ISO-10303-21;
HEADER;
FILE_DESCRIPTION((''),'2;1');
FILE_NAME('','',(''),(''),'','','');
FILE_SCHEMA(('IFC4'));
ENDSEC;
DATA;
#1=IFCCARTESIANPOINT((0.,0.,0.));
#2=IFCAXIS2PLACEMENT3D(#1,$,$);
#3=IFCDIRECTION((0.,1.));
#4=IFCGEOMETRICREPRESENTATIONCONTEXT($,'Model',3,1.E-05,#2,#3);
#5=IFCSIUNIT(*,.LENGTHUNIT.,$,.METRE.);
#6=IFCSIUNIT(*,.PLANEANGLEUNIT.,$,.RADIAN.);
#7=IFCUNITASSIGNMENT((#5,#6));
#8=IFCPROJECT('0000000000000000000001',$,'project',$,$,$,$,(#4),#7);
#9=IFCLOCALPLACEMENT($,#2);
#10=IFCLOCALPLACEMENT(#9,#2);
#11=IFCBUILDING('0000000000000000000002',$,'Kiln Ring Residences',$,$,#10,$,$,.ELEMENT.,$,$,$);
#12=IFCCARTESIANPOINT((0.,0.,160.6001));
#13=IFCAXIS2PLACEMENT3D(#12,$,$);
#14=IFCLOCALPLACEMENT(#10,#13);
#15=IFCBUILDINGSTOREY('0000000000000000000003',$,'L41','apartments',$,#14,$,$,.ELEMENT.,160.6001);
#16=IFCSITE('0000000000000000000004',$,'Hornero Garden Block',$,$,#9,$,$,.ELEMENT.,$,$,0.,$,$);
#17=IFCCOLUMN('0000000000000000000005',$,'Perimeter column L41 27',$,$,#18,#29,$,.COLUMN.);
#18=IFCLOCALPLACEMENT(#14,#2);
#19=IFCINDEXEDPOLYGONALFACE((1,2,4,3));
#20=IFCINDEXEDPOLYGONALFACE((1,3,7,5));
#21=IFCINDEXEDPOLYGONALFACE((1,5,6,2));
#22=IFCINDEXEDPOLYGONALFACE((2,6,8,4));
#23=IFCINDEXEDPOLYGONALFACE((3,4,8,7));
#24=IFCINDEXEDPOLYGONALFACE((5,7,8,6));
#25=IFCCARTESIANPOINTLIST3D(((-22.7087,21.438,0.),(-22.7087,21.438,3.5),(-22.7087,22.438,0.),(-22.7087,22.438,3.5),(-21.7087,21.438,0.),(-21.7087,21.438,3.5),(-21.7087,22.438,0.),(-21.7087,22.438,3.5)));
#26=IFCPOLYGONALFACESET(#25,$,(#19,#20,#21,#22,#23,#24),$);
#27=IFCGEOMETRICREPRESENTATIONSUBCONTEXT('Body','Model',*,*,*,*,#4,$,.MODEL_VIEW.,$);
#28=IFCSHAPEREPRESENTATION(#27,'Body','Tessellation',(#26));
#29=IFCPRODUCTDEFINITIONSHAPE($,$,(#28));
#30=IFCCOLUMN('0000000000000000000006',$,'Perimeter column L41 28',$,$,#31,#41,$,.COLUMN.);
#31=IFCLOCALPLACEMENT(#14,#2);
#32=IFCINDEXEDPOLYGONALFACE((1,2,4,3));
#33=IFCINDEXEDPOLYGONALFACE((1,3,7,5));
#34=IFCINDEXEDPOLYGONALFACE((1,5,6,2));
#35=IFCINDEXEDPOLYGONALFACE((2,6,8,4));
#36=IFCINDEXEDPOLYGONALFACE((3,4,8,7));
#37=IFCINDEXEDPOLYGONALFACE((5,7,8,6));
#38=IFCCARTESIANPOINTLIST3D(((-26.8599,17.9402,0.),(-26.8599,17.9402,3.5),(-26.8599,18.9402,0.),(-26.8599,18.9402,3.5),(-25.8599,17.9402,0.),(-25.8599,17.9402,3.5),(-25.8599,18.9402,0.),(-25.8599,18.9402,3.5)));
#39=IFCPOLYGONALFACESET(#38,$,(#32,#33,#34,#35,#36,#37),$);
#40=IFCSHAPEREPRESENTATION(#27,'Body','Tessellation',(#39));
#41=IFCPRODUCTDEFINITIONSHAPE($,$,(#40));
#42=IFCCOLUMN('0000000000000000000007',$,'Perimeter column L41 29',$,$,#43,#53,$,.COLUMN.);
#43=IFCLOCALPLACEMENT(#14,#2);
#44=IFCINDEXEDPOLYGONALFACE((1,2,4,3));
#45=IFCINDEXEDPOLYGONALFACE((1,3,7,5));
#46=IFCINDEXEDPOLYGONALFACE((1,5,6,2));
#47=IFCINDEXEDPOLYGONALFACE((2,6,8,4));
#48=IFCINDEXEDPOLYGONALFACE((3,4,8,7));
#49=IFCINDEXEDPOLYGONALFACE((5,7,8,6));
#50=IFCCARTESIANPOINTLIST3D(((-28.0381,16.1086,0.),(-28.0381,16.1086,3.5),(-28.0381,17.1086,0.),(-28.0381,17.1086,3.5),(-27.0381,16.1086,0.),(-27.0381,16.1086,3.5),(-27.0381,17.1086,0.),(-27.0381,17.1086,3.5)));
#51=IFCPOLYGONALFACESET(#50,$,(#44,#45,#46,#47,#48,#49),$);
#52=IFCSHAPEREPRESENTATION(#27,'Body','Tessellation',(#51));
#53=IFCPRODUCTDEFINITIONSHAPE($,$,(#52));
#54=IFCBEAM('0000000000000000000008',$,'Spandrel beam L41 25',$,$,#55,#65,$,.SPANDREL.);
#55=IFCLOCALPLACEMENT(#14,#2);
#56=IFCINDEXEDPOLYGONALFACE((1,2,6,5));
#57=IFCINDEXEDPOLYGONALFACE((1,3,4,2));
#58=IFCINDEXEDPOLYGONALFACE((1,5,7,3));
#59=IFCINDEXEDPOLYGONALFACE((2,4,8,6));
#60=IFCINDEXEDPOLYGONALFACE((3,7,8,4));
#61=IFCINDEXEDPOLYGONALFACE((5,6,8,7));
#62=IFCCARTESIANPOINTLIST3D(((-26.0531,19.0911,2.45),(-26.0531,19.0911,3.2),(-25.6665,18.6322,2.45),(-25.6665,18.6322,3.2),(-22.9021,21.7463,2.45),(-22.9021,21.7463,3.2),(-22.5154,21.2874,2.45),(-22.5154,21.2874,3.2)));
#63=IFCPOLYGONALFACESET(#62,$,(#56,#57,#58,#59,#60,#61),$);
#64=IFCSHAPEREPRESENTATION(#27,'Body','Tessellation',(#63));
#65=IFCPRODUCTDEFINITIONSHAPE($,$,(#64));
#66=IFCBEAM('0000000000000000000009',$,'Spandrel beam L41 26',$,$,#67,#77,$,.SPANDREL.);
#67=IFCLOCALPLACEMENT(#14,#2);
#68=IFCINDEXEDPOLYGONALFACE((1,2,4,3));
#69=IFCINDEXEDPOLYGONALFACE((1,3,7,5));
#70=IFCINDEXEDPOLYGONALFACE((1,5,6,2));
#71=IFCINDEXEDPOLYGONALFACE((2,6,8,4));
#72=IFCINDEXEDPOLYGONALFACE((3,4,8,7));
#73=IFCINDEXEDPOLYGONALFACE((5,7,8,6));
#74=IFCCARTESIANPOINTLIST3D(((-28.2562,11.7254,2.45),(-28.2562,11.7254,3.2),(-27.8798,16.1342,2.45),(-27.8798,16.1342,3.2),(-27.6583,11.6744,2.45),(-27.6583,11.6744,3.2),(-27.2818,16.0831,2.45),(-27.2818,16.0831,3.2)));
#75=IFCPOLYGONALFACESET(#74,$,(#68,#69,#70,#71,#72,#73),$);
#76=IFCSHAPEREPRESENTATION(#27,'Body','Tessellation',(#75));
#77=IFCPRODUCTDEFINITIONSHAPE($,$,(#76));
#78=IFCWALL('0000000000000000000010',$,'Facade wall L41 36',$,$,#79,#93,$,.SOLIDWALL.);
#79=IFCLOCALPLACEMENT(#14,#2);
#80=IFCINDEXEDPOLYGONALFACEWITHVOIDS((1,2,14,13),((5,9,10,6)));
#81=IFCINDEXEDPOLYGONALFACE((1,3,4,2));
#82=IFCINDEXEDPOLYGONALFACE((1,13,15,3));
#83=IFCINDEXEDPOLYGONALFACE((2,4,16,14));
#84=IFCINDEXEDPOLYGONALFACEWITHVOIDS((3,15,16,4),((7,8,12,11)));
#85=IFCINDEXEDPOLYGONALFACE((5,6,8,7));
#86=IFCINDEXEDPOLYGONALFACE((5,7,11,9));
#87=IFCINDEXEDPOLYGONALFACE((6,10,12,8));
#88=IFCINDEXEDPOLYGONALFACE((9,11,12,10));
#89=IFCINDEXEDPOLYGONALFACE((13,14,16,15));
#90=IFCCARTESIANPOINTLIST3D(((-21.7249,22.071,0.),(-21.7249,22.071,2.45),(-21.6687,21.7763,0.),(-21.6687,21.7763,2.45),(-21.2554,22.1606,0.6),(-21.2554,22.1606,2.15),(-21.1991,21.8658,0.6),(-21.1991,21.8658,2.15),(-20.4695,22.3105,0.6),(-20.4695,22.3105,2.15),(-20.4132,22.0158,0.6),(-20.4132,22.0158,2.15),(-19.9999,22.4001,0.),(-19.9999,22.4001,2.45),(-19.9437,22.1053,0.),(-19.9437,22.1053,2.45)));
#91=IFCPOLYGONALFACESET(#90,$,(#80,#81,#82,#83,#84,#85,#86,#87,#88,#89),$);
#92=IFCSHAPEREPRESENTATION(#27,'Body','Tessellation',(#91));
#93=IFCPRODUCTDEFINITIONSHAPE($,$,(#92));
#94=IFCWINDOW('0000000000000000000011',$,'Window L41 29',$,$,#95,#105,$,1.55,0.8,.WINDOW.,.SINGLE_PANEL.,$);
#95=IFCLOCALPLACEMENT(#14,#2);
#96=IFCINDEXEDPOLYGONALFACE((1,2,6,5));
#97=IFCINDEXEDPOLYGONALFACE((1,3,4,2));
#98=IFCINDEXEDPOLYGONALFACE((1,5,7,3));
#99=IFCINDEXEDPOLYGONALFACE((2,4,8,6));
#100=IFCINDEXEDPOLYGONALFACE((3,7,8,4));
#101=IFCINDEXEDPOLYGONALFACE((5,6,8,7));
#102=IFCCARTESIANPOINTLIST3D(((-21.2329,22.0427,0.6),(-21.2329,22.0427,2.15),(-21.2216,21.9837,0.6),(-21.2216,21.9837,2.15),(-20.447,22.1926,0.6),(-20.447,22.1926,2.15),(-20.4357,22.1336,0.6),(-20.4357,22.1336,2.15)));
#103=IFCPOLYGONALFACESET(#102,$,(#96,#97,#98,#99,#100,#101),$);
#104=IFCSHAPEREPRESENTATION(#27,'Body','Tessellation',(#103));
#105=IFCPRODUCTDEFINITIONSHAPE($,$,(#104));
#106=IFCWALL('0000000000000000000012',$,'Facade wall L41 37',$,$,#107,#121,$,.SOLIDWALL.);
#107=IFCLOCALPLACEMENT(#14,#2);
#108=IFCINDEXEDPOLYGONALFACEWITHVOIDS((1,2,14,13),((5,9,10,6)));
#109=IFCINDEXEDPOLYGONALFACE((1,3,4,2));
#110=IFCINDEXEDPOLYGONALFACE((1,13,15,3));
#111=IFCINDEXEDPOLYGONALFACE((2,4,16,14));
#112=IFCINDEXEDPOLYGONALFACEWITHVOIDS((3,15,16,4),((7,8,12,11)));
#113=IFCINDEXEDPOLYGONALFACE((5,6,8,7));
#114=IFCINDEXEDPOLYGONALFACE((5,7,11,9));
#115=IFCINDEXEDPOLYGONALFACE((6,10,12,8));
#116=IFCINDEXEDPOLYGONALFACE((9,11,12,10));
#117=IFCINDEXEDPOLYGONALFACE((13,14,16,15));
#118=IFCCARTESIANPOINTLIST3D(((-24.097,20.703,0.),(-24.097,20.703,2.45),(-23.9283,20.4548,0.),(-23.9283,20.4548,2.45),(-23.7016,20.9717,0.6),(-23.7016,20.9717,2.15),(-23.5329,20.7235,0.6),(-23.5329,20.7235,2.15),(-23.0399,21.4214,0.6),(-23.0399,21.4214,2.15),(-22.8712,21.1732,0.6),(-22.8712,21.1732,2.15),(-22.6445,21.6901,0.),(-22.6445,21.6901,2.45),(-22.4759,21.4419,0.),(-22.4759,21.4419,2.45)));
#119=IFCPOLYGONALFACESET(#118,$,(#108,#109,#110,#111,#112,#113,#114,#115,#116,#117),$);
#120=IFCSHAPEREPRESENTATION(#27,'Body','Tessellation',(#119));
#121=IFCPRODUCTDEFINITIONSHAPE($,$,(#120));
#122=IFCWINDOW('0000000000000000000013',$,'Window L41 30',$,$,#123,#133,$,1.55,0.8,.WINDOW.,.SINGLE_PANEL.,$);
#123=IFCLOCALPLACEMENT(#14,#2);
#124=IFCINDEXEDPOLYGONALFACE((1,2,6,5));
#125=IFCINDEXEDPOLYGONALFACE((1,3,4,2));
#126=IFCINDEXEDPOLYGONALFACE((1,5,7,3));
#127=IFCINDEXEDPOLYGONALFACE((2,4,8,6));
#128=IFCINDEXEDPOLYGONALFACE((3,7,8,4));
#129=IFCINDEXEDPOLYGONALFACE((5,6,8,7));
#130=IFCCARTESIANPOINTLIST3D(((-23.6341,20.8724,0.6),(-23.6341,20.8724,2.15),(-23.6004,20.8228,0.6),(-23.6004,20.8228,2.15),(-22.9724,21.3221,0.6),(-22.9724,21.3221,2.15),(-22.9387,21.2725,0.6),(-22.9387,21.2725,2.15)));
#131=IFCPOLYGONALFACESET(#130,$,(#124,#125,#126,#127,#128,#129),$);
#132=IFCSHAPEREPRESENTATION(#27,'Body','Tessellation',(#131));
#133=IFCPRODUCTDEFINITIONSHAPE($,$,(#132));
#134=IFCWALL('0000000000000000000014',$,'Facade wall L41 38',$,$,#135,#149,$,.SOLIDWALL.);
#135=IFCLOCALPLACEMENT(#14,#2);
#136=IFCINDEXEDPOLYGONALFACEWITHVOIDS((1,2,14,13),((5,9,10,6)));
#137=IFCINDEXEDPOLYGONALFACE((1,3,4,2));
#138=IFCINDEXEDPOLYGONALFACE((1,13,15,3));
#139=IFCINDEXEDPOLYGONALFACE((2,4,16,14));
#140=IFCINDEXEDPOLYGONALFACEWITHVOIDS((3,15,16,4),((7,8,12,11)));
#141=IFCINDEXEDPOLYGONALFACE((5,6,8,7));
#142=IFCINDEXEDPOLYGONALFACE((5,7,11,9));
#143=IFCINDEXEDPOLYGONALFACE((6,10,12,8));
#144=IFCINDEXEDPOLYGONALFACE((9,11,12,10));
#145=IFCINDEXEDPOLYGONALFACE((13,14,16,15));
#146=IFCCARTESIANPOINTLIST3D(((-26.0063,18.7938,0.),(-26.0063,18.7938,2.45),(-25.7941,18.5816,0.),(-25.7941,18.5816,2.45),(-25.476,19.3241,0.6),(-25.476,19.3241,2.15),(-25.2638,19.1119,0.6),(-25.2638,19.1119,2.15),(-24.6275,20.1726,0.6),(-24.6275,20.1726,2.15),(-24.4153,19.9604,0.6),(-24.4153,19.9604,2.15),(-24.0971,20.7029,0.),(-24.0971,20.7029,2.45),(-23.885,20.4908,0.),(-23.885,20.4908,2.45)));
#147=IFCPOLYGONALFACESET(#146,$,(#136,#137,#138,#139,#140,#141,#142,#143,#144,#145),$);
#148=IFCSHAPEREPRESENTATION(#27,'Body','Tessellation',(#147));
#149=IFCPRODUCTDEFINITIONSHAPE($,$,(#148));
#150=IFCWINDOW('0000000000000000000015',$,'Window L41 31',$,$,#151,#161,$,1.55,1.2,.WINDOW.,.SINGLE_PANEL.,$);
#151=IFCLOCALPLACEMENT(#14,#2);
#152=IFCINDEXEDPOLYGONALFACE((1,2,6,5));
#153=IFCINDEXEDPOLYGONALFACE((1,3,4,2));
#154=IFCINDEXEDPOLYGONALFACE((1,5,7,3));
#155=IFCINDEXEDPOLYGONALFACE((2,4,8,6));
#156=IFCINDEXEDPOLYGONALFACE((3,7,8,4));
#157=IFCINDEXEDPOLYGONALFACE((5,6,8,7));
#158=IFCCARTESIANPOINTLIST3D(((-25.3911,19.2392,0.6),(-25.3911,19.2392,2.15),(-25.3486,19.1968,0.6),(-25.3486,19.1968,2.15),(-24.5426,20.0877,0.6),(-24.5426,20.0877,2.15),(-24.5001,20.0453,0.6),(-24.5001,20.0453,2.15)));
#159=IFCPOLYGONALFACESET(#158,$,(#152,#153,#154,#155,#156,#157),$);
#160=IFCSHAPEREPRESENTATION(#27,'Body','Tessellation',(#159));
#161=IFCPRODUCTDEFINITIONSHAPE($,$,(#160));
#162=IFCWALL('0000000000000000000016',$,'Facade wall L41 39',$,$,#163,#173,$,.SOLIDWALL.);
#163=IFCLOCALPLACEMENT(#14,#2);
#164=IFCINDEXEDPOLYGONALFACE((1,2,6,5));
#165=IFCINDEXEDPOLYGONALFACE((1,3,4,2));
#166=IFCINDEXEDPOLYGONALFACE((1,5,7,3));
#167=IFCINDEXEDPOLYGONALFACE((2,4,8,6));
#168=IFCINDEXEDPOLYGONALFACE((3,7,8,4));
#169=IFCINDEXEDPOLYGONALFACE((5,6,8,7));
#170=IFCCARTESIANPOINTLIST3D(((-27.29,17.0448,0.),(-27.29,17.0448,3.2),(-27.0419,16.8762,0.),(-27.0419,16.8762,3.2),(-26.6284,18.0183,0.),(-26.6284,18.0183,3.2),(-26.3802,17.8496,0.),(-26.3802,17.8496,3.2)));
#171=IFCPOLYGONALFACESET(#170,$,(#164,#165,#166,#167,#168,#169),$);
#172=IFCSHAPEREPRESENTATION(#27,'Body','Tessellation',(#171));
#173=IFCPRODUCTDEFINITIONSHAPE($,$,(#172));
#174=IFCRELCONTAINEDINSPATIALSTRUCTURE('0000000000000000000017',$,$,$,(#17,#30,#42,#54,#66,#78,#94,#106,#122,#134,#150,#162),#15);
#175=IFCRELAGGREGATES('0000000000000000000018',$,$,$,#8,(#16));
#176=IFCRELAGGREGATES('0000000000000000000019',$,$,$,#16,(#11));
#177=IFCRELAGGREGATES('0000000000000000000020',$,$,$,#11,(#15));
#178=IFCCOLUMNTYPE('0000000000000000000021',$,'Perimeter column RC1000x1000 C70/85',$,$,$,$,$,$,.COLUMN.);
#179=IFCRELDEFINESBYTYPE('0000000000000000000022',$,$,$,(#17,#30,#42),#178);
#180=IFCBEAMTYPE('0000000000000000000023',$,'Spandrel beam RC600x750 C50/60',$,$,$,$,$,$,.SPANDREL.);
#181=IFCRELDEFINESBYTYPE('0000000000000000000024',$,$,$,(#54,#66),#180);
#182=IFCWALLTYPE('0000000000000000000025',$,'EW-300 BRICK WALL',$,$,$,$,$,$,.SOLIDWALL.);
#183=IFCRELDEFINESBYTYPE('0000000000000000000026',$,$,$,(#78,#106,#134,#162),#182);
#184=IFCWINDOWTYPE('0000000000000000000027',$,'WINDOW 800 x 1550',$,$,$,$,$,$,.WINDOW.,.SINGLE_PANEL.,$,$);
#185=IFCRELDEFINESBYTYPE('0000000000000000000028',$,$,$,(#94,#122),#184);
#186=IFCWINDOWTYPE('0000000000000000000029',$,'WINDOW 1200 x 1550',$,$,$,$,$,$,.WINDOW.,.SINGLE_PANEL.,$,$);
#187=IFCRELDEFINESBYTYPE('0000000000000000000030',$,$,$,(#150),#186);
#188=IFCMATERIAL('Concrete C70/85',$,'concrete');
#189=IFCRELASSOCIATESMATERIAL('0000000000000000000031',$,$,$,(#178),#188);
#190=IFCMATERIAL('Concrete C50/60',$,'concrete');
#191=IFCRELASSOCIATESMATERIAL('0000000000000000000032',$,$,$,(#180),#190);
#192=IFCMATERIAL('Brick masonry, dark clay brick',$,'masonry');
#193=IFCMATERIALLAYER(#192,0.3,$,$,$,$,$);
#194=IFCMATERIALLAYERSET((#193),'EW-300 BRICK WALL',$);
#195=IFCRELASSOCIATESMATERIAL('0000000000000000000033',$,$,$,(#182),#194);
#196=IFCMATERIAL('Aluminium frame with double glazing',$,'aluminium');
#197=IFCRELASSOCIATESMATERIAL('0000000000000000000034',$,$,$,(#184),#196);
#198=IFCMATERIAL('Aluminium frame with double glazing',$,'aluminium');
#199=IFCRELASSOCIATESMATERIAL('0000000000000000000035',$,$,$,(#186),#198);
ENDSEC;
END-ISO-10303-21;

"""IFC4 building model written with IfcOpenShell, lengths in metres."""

from ifc_helpers import new_model, si_unit, direction, frame, frame_2d, origin, origin_2d, place, context, subcontext, project, spatial, rectangle, extrude, material, layer, layer_set, material_profile, profile_set, type_object, element, fill, save


model = new_model("IFC4")

# Units and contexts
model_context = context("Model", 3, precision=1e-05, world=origin(), true_north=direction((0.0, 1.0)))
body_context = subcontext(model_context, "Body", "Model", "MODEL_VIEW")
ifc_project = project(units=[si_unit("LENGTHUNIT", "METRE"), si_unit("PLANEANGLEUNIT", "RADIAN")], contexts=[model_context])

# Site, building, storey
site_placement = place(None, origin())
site = spatial("IfcSite", under=ifc_project, at=site_placement, Name="Hornero Garden Block", CompositionType="ELEMENT", RefElevation=0.0)
building_placement = place(site_placement, origin())
building = spatial("IfcBuilding", under=site, at=building_placement, Name="Kiln Ring Residences", CompositionType="ELEMENT")
storey_placement = place(building_placement, frame((0.0, 0.0, 160.6001)))
storey = spatial("IfcBuildingStorey", under=building, at=storey_placement, Name="L41", Description="apartments", CompositionType="ELEMENT", Elevation=160.6001)

# Columns
ifc_material_1 = material(Name="Concrete C70/85", Category="concrete")
ifc_material_profile_1 = material_profile(ifc_material_1, rectangle(XDim=1.0, YDim=1.0, at=origin_2d()), Name="RC1000x1000")
ifc_profile_set_1 = profile_set([ifc_material_profile_1], Name="Concrete C70/85")
column_type = type_object("IfcColumnType", Name="Perimeter column RC1000x1000 C70/85", PredefinedType="COLUMN", material=ifc_profile_set_1)
for number, where, z_axis, x_axis, name in (
    (1, (-22.2087, 21.938, 0.0), (0.0, 0.0, 1.0), (1.0, 0.0, 0.0), "Perimeter column L41 27"),
    (2, (-26.3599, 18.4402, 0.0), (0.0, 0.0, 1.0), (1.0, 0.0, 0.0), "Perimeter column L41 28"),
    (3, (-27.5381, 16.6086, 0.0), (0.0, 0.0, 1.0), (1.0, 0.0, 0.0), "Perimeter column L41 29"),
):
    element("IfcColumn", number, at=place(storey_placement, frame(where, z_axis=z_axis, x_axis=x_axis)), inside=storey, type_object=column_type, Name=name, PredefinedType="COLUMN", context=body_context, shape_type="SweptSolid", body=[
        extrude(rectangle(XDim=1.0, YDim=1.0, at=origin_2d()), origin(), (0.0, 0.0, 1.0), 3.5),
    ])

# Beams
ifc_material_2 = material(Name="Concrete C50/60", Category="concrete")
ifc_material_profile_2 = material_profile(ifc_material_2, rectangle(XDim=0.6001, YDim=0.75, at=origin_2d()), Name="RC600x750")
ifc_profile_set_2 = profile_set([ifc_material_profile_2], Name="Concrete C50/60")
beam_type = type_object("IfcBeamType", Name="Spandrel beam RC600x750 C50/60", PredefinedType="SPANDREL", material=ifc_profile_set_2)
beam_1_placement = place(storey_placement, frame((-22.7087, 21.5168, 2.825), z_axis=(-0.764708, -0.644377, 0.0), x_axis=(0.644377, -0.764708, 0.0)))
element("IfcBeam", 4, at=beam_1_placement, inside=storey, type_object=beam_type, Name="Spandrel beam L41 25", PredefinedType="SPANDREL", context=body_context, shape_type="SweptSolid", body=[
    extrude(rectangle(XDim=0.6001, YDim=0.75, at=origin_2d()), origin(), (0.0, 0.0, 1.0), 4.1206),
])
beam_2_placement = place(storey_placement, frame((-27.5808, 16.1086, 2.825), z_axis=(-0.085082, -0.996374, 0.0), x_axis=(0.996374, -0.085082, 0.0)))
element("IfcBeam", 5, at=beam_2_placement, inside=storey, type_object=beam_type, Name="Spandrel beam L41 26", PredefinedType="SPANDREL", context=body_context, shape_type="SweptSolid", body=[
    extrude(rectangle(XDim=0.6001, YDim=0.75, at=origin_2d()), origin(), (0.0, 0.0, 1.0), 4.4248),
])

# Walls, openings, windows
ifc_material_3 = material(Name="Brick masonry, dark clay brick", Category="masonry")
ifc_layer_1 = layer(ifc_material_3, 0.3)
ifc_layer_set_1 = layer_set([ifc_layer_1], Name="EW-300 BRICK WALL")
wall_type_1 = type_object("IfcWallType", Name="EW-300 BRICK WALL", PredefinedType="SOLIDWALL", material=ifc_layer_set_1)
wall_1_placement = place(storey_placement, frame((-19.9719, 22.2527, 0.0), z_axis=(0.0, 0.0, 1.0), x_axis=(-0.982285, -0.187393, 0.0)))
wall_1 = element("IfcWall", 6, at=wall_1_placement, inside=storey, type_object=wall_type_1, Name="Facade wall L41 36", PredefinedType="SOLIDWALL", context=body_context, shape_type="SweptSolid", body=[
    extrude(rectangle(XDim=1.7561, YDim=0.3, at=frame_2d((0.8779, 0.0))), origin(), (0.0, 0.0, 1.0), 2.45),
])
opening_1_placement = place(wall_1_placement, frame((0.478, 0.0, 0.6001)))
opening_1 = element("IfcOpeningElement", 7, at=opening_1_placement, cuts=wall_1, PredefinedType="OPENING", context=body_context, shape_type="SweptSolid", body=[
    extrude(rectangle(XDim=0.8, YDim=1.55, at=frame_2d((0.3999, 0.7749))), frame((0.0, 0.1599, 0.0), z_axis=(0.0, -1.0, 0.0), x_axis=(1.0, 0.0, 0.0)), (0.0, 0.0, 1.0), 0.3201),
])
ifc_material_4 = material(Name="Aluminium frame with double glazing", Category="aluminium")
window_type_1 = type_object("IfcWindowType", Name="WINDOW 800 x 1550", PartitioningType="SINGLE_PANEL", PredefinedType="WINDOW", material=ifc_material_4)
window_1_placement = place(opening_1_placement, origin())
window_1 = element("IfcWindow", 8, at=window_1_placement, inside=storey, type_object=window_type_1, Name="Window L41 29", OverallHeight=1.55, OverallWidth=0.8, PartitioningType="SINGLE_PANEL", PredefinedType="WINDOW", context=body_context, shape_type="SweptSolid", body=[
    extrude(rectangle(XDim=0.8, YDim=1.55, at=frame_2d((0.3999, 0.7749))), frame((0.0, 0.03, 0.0), z_axis=(0.0, -1.0, 0.0), x_axis=(1.0, 0.0, 0.0)), (0.0, 0.0, 1.0), 0.0601),
])
fill(opening_1, window_1)
wall_2_placement = place(storey_placement, frame((-22.5603, 21.5659, 0.0), z_axis=(0.0, 0.0, 1.0), x_axis=(-0.827076, -0.562089, 0.0)))
wall_2 = element("IfcWall", 9, at=wall_2_placement, inside=storey, type_object=wall_type_1, Name="Facade wall L41 37", PredefinedType="SOLIDWALL", context=body_context, shape_type="SweptSolid", body=[
    extrude(rectangle(XDim=1.7561, YDim=0.3, at=frame_2d((0.8779, 0.0))), origin(), (0.0, 0.0, 1.0), 2.45),
])
opening_2_placement = place(wall_2_placement, frame((0.478, 0.0, 0.6001)))
opening_2 = element("IfcOpeningElement", 10, at=opening_2_placement, cuts=wall_2, PredefinedType="OPENING", context=body_context, shape_type="SweptSolid", body=[
    extrude(rectangle(XDim=0.8, YDim=1.55, at=frame_2d((0.3999, 0.7749))), frame((0.0, 0.1599, 0.0), z_axis=(0.0, -1.0, 0.0), x_axis=(1.0, 0.0, 0.0)), (0.0, 0.0, 1.0), 0.3201),
])
window_2_placement = place(opening_2_placement, origin())
window_2 = element("IfcWindow", 11, at=window_2_placement, inside=storey, type_object=window_type_1, Name="Window L41 30", OverallHeight=1.55, OverallWidth=0.8, PartitioningType="SINGLE_PANEL", PredefinedType="WINDOW", context=body_context, shape_type="SweptSolid", body=[
    extrude(rectangle(XDim=0.8, YDim=1.55, at=frame_2d((0.3999, 0.7749))), frame((0.0, 0.03, 0.0), z_axis=(0.0, -1.0, 0.0), x_axis=(1.0, 0.0, 0.0)), (0.0, 0.0, 1.0), 0.0601),
])
fill(opening_2, window_2)
wall_3_placement = place(storey_placement, frame((-23.991, 20.5969, 0.0), z_axis=(0.0, 0.0, 1.0), x_axis=(-0.707107, -0.707107, 0.0)))
wall_3 = element("IfcWall", 12, at=wall_3_placement, inside=storey, type_object=wall_type_1, Name="Facade wall L41 38", PredefinedType="SOLIDWALL", context=body_context, shape_type="SweptSolid", body=[
    extrude(rectangle(XDim=2.7, YDim=0.3, at=frame_2d((1.3501, 0.0))), origin(), (0.0, 0.0, 1.0), 2.45),
])
opening_3_placement = place(wall_3_placement, frame((0.75, 0.0, 0.6001)))
opening_3 = element("IfcOpeningElement", 13, at=opening_3_placement, cuts=wall_3, PredefinedType="OPENING", context=body_context, shape_type="SweptSolid", body=[
    extrude(rectangle(XDim=1.2, YDim=1.55, at=frame_2d((0.6001, 0.7749))), frame((0.0, 0.1599, 0.0), z_axis=(0.0, -1.0, 0.0), x_axis=(1.0, 0.0, 0.0)), (0.0, 0.0, 1.0), 0.3201),
])
ifc_material_5 = material(Name="Aluminium frame with double glazing", Category="aluminium")
window_type_2 = type_object("IfcWindowType", Name="WINDOW 1200 x 1550", PartitioningType="SINGLE_PANEL", PredefinedType="WINDOW", material=ifc_material_5)
window_3_placement = place(opening_3_placement, origin())
window_3 = element("IfcWindow", 14, at=window_3_placement, inside=storey, type_object=window_type_2, Name="Window L41 31", OverallHeight=1.55, OverallWidth=1.2, PartitioningType="SINGLE_PANEL", PredefinedType="WINDOW", context=body_context, shape_type="SweptSolid", body=[
    extrude(rectangle(XDim=1.2, YDim=1.55, at=frame_2d((0.6001, 0.7749))), frame((0.0, 0.03, 0.0), z_axis=(0.0, -1.0, 0.0), x_axis=(1.0, 0.0, 0.0)), (0.0, 0.0, 1.0), 0.0601),
])
fill(opening_3, window_3)

# Wall
wall_4_placement = place(storey_placement, frame((-26.5044, 17.9338, 0.0), z_axis=(0.0, 0.0, 1.0), x_axis=(-0.562145, -0.827038, 0.0)))
element("IfcWall", 15, at=wall_4_placement, inside=storey, type_object=wall_type_1, Name="Facade wall L41 39", PredefinedType="SOLIDWALL", context=body_context, shape_type="SweptSolid", body=[
    extrude(rectangle(XDim=1.177, YDim=0.3, at=frame_2d((0.5884, 0.0))), origin(), (0.0, 0.0, 1.0), 3.2),
])

save(model, "model.ifc")
